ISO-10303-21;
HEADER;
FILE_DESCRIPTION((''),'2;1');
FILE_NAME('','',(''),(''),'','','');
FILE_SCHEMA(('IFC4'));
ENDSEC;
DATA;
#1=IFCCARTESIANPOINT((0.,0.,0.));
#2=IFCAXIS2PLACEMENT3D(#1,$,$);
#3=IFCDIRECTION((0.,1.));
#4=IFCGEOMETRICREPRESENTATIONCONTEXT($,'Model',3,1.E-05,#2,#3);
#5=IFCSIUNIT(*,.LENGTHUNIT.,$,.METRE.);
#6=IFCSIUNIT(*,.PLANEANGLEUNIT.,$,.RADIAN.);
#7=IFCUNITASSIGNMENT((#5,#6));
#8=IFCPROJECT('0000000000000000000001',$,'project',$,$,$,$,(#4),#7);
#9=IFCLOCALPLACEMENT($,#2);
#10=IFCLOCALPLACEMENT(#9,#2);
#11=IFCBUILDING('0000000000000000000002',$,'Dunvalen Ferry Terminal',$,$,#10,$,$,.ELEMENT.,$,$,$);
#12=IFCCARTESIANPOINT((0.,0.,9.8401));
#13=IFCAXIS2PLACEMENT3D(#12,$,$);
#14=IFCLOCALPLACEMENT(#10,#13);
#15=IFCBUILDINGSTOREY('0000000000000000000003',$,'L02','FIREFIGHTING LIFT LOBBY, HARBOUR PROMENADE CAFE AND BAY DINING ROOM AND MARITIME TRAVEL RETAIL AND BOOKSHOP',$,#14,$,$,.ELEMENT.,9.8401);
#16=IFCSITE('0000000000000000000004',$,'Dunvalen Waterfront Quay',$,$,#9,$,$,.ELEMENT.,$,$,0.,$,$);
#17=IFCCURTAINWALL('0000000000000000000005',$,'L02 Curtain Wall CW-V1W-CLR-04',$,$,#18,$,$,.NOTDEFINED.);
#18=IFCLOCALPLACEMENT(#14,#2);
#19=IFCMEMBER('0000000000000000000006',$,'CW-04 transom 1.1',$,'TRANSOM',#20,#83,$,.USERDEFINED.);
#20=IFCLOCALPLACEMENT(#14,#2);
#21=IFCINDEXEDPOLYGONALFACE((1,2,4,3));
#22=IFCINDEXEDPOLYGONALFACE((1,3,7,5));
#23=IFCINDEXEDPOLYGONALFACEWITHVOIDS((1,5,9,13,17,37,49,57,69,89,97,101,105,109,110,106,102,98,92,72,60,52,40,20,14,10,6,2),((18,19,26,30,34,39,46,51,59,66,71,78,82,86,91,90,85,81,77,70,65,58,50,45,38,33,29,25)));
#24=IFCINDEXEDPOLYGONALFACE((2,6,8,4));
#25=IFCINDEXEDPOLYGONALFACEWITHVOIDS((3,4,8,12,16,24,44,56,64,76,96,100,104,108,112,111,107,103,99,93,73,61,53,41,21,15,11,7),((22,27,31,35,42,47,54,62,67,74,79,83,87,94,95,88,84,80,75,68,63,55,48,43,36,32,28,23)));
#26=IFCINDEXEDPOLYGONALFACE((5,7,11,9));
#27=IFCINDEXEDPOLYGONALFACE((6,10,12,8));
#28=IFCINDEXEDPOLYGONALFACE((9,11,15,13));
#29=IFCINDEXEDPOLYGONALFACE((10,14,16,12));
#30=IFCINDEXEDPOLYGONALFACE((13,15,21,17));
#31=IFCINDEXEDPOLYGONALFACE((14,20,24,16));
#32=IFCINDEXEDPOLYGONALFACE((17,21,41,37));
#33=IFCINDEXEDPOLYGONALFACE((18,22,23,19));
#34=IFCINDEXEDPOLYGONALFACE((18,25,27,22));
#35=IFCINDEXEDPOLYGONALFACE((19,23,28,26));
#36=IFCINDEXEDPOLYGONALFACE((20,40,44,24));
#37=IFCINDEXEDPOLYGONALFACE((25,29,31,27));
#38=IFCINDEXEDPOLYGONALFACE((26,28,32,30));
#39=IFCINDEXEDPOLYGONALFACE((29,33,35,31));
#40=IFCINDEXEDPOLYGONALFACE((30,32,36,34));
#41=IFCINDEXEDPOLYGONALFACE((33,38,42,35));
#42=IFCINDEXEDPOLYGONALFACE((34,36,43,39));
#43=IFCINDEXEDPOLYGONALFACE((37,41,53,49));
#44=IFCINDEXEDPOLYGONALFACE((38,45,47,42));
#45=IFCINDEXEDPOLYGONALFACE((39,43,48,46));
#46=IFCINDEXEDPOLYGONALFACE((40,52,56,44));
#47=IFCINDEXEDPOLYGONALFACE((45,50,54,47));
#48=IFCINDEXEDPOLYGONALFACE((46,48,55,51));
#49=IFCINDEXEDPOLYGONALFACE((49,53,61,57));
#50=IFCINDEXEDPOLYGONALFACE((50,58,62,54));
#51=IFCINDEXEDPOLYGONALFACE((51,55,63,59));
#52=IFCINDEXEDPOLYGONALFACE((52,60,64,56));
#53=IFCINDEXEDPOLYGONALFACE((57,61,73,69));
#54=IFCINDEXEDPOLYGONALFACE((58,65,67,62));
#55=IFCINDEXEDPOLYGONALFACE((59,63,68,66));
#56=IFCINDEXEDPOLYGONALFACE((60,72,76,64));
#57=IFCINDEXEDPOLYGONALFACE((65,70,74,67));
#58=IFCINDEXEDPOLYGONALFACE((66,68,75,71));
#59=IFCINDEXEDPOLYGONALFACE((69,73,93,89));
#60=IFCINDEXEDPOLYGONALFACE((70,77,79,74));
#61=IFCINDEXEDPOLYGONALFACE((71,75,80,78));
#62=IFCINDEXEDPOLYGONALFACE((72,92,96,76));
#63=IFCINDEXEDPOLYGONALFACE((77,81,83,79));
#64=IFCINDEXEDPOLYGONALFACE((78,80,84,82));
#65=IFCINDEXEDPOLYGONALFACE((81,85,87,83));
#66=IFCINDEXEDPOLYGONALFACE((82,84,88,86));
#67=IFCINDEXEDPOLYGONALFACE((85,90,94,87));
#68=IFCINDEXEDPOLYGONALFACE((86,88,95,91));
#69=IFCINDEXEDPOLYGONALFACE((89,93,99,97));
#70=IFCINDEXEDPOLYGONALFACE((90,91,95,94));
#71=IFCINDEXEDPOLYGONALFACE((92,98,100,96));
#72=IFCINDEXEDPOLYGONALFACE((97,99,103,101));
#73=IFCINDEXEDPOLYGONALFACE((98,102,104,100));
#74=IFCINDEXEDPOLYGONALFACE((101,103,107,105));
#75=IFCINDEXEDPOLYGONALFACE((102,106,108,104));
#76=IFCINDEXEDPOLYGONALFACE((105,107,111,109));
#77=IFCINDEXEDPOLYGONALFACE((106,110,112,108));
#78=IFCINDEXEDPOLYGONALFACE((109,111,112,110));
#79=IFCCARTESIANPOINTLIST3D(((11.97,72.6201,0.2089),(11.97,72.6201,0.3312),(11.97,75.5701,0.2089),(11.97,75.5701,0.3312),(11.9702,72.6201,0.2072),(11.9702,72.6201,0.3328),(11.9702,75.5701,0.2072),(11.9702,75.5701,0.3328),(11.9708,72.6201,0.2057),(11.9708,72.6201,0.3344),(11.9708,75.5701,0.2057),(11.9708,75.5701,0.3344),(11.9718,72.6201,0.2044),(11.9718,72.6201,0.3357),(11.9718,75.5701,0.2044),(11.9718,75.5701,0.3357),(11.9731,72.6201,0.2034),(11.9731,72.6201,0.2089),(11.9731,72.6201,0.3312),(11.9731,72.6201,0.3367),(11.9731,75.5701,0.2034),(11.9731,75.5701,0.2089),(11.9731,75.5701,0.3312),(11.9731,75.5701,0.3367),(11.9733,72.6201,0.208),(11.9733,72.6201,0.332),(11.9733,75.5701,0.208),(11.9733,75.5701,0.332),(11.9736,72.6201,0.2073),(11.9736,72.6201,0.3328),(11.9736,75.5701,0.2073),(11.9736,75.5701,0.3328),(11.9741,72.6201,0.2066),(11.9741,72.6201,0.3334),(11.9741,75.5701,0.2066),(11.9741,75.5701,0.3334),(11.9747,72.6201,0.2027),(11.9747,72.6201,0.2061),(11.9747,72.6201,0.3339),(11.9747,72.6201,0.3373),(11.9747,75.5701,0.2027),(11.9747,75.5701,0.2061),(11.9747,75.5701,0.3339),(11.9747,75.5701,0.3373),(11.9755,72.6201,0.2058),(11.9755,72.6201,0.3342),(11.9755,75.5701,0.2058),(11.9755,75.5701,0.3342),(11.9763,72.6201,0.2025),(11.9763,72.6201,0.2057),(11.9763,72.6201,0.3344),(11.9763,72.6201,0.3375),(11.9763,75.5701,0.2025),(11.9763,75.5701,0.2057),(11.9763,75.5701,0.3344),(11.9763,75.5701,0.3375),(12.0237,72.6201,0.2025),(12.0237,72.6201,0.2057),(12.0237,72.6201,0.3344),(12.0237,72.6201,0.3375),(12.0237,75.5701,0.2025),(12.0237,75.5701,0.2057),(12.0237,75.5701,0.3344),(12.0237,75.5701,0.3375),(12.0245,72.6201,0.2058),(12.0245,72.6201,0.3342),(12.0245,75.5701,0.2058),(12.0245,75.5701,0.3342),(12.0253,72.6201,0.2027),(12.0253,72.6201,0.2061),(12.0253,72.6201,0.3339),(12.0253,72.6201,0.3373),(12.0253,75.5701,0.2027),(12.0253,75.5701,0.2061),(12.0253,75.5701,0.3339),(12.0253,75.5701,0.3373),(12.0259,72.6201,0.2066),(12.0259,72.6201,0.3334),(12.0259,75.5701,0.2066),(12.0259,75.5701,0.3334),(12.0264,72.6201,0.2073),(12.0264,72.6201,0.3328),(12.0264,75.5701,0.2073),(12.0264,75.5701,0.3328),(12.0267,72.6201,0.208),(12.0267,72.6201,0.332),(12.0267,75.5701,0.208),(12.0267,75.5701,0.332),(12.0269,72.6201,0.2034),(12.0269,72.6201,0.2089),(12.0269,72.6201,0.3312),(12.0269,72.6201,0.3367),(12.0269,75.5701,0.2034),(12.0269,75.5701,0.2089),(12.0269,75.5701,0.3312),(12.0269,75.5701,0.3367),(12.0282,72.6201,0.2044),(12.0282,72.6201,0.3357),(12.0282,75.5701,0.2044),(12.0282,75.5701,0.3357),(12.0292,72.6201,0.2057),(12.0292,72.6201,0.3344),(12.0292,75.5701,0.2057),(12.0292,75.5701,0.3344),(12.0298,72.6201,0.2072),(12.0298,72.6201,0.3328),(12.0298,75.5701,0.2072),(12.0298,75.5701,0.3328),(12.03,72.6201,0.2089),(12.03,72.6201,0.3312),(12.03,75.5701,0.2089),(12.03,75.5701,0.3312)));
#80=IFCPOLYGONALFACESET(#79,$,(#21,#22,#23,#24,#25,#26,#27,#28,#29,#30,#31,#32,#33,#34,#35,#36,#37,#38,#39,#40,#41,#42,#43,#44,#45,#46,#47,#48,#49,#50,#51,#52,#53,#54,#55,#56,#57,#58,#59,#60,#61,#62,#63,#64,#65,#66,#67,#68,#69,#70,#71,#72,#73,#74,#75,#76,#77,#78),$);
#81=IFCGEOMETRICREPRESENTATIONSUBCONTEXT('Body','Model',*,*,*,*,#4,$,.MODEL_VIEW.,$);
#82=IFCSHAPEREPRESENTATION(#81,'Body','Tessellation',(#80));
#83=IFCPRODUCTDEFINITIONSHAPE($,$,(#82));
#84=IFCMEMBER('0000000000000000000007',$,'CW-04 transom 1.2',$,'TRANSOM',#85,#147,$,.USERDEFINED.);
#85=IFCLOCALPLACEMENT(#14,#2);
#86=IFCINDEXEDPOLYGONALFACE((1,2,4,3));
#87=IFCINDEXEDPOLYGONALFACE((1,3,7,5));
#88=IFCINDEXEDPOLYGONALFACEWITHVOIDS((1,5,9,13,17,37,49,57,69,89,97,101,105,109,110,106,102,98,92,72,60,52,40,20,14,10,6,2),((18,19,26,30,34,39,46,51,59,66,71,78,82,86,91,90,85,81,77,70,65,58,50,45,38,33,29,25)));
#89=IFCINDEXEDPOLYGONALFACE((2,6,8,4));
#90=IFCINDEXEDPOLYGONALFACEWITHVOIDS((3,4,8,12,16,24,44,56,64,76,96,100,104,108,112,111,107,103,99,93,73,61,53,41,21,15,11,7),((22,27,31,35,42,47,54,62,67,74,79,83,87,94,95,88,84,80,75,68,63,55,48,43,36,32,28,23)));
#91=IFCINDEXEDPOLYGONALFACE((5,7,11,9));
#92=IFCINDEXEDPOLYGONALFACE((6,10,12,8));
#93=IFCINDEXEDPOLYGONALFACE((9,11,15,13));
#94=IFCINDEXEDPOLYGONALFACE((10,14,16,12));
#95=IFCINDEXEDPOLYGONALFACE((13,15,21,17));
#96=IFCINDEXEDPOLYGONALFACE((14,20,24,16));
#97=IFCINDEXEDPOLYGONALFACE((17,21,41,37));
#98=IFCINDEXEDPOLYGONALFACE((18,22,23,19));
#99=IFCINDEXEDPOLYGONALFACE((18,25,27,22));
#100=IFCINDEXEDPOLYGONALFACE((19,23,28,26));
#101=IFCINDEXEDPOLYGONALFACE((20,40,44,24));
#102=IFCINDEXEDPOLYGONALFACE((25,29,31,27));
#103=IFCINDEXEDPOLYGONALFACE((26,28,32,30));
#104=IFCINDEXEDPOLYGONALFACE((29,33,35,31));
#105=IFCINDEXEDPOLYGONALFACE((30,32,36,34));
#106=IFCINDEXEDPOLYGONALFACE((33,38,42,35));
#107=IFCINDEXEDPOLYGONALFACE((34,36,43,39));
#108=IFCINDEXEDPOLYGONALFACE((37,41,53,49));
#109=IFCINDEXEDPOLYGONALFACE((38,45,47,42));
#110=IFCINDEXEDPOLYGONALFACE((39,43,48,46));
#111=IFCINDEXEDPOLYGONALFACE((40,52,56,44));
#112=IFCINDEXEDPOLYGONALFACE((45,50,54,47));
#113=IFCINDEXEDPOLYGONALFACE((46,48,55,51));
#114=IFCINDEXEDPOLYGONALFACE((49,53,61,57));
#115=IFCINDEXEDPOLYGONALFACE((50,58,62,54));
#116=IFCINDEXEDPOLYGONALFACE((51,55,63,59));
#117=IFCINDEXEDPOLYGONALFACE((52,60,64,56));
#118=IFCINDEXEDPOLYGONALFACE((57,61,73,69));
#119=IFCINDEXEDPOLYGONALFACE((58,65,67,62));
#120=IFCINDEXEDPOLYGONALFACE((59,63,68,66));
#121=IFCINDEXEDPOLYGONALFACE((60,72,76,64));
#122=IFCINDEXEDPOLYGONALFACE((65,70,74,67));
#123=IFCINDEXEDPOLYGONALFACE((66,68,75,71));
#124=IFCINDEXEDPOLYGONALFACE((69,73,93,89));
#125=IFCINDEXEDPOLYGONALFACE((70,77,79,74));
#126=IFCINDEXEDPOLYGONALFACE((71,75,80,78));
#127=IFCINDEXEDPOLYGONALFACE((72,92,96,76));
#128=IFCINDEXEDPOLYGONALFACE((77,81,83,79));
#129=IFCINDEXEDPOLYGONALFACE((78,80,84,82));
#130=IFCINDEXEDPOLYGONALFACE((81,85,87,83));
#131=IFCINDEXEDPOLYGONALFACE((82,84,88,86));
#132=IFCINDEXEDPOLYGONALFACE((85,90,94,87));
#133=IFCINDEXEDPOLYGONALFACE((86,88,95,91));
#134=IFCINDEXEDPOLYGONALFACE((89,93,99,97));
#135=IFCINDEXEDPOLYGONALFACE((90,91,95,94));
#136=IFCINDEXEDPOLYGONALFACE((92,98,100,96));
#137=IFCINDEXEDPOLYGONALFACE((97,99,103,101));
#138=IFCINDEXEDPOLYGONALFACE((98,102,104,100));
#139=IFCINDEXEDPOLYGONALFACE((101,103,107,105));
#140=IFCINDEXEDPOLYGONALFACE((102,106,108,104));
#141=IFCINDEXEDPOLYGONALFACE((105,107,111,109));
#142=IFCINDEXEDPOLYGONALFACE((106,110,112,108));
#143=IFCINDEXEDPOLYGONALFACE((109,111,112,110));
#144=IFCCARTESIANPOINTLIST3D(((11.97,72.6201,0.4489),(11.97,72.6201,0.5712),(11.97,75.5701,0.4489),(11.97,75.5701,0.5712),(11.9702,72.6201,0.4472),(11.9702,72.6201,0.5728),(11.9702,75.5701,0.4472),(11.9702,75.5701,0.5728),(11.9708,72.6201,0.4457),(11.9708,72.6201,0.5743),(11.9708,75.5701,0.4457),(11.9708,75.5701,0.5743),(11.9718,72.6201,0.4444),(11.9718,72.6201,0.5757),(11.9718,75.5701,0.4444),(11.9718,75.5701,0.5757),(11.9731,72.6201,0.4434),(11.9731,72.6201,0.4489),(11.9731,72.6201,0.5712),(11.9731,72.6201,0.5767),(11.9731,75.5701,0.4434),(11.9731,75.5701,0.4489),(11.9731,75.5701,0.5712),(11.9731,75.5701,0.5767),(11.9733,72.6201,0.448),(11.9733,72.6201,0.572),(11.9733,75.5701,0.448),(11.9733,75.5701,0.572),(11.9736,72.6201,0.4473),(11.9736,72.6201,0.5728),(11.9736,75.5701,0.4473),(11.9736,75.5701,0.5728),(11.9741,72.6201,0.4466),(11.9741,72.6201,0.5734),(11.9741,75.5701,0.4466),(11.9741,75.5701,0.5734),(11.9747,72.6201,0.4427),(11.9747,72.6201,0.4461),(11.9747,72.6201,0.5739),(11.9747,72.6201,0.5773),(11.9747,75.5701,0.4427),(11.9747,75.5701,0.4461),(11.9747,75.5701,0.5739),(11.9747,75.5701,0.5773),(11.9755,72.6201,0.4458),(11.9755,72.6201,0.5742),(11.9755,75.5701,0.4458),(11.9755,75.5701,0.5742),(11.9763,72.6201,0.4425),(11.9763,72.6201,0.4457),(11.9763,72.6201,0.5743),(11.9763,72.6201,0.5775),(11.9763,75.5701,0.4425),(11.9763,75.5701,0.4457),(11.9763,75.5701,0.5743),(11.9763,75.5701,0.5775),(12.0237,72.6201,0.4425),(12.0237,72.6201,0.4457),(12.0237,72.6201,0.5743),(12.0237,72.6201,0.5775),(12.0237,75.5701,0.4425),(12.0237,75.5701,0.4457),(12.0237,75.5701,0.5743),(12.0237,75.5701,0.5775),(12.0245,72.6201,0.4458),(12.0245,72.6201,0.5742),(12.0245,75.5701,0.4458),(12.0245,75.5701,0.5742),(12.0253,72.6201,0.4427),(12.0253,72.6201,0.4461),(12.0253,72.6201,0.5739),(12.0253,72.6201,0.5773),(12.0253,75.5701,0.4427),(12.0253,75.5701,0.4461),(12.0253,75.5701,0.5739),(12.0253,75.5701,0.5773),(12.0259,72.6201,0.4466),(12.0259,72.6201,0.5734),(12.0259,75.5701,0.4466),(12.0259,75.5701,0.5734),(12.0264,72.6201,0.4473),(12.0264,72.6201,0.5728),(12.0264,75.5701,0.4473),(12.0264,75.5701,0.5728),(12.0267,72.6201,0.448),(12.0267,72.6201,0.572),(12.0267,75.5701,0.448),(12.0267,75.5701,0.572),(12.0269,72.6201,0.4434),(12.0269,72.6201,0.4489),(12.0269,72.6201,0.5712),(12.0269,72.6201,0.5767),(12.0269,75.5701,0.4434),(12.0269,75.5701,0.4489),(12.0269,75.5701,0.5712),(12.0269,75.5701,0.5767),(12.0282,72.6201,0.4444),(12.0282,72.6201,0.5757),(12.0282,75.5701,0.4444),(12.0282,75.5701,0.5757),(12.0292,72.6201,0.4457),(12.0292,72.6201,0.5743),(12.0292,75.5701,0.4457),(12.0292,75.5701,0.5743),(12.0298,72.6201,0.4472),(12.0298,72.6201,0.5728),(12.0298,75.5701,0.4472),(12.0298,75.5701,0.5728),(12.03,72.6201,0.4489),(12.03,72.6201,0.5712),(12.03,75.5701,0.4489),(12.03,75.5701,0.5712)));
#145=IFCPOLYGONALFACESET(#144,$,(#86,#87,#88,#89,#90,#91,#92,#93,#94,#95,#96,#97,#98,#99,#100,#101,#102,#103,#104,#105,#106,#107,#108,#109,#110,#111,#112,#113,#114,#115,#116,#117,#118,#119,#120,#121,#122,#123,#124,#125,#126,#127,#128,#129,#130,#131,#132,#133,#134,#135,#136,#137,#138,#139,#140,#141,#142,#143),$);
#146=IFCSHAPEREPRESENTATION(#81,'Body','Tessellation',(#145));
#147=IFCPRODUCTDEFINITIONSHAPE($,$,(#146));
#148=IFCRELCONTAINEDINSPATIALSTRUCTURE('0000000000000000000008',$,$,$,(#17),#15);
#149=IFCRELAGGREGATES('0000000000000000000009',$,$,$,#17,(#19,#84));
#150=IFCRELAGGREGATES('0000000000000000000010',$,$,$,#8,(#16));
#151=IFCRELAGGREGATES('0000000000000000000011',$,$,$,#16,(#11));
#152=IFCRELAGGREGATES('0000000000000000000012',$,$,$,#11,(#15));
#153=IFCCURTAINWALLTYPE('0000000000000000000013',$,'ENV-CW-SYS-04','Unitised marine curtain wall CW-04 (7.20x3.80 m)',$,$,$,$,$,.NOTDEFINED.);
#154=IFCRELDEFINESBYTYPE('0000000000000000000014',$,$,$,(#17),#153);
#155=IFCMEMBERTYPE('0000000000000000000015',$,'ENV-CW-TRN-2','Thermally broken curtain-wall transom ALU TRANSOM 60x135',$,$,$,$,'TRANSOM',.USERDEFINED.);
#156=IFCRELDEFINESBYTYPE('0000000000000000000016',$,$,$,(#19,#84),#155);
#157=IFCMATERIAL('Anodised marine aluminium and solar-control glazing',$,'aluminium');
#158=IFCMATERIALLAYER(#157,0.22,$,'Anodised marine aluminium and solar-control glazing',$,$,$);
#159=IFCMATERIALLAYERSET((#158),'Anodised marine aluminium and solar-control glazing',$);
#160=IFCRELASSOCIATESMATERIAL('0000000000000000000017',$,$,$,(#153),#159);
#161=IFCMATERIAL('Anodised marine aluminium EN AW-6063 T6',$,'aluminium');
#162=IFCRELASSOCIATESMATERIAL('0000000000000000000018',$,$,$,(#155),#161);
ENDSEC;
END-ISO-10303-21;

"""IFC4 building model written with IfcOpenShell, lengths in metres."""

from ifc_helpers import new_model, si_unit, direction, frame, origin, origin_2d, place, context, subcontext, project, spatial, hollow_rectangle, extrude, material, layer, layer_set, material_profile, profile_set, type_object, element, aggregate, save


model = new_model("IFC4")

# Units and contexts
model_context = context("Model", 3, precision=1e-05, world=origin(), true_north=direction((0.0, 1.0)))
body_context = subcontext(model_context, "Body", "Model", "MODEL_VIEW")
ifc_project = project(units=[si_unit("LENGTHUNIT", "METRE"), si_unit("PLANEANGLEUNIT", "RADIAN")], contexts=[model_context])

# Site, building, storey
site_placement = place(None, origin())
site = spatial("IfcSite", under=ifc_project, at=site_placement, Name="Dunvalen Waterfront Quay", CompositionType="ELEMENT", RefElevation=0.0)
building_placement = place(site_placement, origin())
building = spatial("IfcBuilding", under=site, at=building_placement, Name="Dunvalen Ferry Terminal", CompositionType="ELEMENT")
storey_placement = place(building_placement, frame((0.0, 0.0, 9.8401)))
storey = spatial("IfcBuildingStorey", under=building, at=storey_placement, Name="L02", Description="FIREFIGHTING LIFT LOBBY, HARBOUR PROMENADE CAFE AND BAY DINING ROOM AND MARITIME TRAVEL RETAIL AND BOOKSHOP", CompositionType="ELEMENT", Elevation=9.8401)

# Shared definitions
ifc_material_1 = material(Name="Anodised marine aluminium and solar-control glazing", Category="aluminium")
ifc_layer_1 = layer(ifc_material_1, 0.22, Name="Anodised marine aluminium and solar-control glazing")
ifc_layer_set_1 = layer_set([ifc_layer_1], Name="Anodised marine aluminium and solar-control glazing")
curtain_wall_type = type_object("IfcCurtainWallType", Name="ENV-CW-SYS-04", Description="Unitised marine curtain wall CW-04 (7.20x3.80 m)", PredefinedType="NOTDEFINED", material=ifc_layer_set_1)
ifc_material_2 = material(Name="Anodised marine aluminium EN AW-6063 T6", Category="aluminium")

# Curtain wall
curtain_wall_1_placement = place(storey_placement, origin())
curtain_wall_1 = element("IfcCurtainWall", 1, at=curtain_wall_1_placement, inside=storey, type_object=curtain_wall_type, Name="L02 Curtain Wall CW-V1W-CLR-04", PredefinedType="NOTDEFINED")

# Members
ifc_material_profile_1 = material_profile(ifc_material_2, hollow_rectangle(XDim=0.0601, YDim=0.135, WallThickness=0.0032, InnerFilletRadius=0.0032, OuterFilletRadius=0.0063, at=origin_2d()), Name="Anodised marine aluminium EN AW-6063 T6")
ifc_profile_set_1 = profile_set([ifc_material_profile_1], Name="Anodised marine aluminium EN AW-6063 T6")
member_type_1 = type_object("IfcMemberType", Name="ENV-CW-TRN-2", Description="Thermally broken curtain-wall transom ALU TRANSOM 60x135", ElementType="TRANSOM", PredefinedType="USERDEFINED", material=ifc_profile_set_1)
member_1_placement = place(storey_placement, frame((12.0, 72.6201, 0.27), z_axis=(0.0, 1.0, 0.0), x_axis=(-1.0, 0.0, 0.0)))
member_1 = element("IfcMember", 2, at=member_1_placement, type_object=member_type_1, Name="CW-04 transom 1.1", ObjectType="TRANSOM", PredefinedType="USERDEFINED", context=body_context, shape_type="SweptSolid", body=[
    extrude(hollow_rectangle(XDim=0.0601, YDim=0.135, WallThickness=0.0032, InnerFilletRadius=0.0032, OuterFilletRadius=0.0063, at=origin_2d()), origin(), (0.0, 0.0, 1.0), 2.95),
])
member_2_placement = place(storey_placement, frame((12.0, 72.6201, 0.51), z_axis=(0.0, 1.0, 0.0), x_axis=(-1.0, 0.0, 0.0)))
member_2 = element("IfcMember", 3, at=member_2_placement, type_object=member_type_1, Name="CW-04 transom 1.2", ObjectType="TRANSOM", PredefinedType="USERDEFINED", context=body_context, shape_type="SweptSolid", body=[
    extrude(hollow_rectangle(XDim=0.0601, YDim=0.135, WallThickness=0.0032, InnerFilletRadius=0.0032, OuterFilletRadius=0.0063, at=origin_2d()), origin(), (0.0, 0.0, 1.0), 2.95),
])
aggregate(curtain_wall_1, [member_1, member_2])

save(model, "model.ifc")
